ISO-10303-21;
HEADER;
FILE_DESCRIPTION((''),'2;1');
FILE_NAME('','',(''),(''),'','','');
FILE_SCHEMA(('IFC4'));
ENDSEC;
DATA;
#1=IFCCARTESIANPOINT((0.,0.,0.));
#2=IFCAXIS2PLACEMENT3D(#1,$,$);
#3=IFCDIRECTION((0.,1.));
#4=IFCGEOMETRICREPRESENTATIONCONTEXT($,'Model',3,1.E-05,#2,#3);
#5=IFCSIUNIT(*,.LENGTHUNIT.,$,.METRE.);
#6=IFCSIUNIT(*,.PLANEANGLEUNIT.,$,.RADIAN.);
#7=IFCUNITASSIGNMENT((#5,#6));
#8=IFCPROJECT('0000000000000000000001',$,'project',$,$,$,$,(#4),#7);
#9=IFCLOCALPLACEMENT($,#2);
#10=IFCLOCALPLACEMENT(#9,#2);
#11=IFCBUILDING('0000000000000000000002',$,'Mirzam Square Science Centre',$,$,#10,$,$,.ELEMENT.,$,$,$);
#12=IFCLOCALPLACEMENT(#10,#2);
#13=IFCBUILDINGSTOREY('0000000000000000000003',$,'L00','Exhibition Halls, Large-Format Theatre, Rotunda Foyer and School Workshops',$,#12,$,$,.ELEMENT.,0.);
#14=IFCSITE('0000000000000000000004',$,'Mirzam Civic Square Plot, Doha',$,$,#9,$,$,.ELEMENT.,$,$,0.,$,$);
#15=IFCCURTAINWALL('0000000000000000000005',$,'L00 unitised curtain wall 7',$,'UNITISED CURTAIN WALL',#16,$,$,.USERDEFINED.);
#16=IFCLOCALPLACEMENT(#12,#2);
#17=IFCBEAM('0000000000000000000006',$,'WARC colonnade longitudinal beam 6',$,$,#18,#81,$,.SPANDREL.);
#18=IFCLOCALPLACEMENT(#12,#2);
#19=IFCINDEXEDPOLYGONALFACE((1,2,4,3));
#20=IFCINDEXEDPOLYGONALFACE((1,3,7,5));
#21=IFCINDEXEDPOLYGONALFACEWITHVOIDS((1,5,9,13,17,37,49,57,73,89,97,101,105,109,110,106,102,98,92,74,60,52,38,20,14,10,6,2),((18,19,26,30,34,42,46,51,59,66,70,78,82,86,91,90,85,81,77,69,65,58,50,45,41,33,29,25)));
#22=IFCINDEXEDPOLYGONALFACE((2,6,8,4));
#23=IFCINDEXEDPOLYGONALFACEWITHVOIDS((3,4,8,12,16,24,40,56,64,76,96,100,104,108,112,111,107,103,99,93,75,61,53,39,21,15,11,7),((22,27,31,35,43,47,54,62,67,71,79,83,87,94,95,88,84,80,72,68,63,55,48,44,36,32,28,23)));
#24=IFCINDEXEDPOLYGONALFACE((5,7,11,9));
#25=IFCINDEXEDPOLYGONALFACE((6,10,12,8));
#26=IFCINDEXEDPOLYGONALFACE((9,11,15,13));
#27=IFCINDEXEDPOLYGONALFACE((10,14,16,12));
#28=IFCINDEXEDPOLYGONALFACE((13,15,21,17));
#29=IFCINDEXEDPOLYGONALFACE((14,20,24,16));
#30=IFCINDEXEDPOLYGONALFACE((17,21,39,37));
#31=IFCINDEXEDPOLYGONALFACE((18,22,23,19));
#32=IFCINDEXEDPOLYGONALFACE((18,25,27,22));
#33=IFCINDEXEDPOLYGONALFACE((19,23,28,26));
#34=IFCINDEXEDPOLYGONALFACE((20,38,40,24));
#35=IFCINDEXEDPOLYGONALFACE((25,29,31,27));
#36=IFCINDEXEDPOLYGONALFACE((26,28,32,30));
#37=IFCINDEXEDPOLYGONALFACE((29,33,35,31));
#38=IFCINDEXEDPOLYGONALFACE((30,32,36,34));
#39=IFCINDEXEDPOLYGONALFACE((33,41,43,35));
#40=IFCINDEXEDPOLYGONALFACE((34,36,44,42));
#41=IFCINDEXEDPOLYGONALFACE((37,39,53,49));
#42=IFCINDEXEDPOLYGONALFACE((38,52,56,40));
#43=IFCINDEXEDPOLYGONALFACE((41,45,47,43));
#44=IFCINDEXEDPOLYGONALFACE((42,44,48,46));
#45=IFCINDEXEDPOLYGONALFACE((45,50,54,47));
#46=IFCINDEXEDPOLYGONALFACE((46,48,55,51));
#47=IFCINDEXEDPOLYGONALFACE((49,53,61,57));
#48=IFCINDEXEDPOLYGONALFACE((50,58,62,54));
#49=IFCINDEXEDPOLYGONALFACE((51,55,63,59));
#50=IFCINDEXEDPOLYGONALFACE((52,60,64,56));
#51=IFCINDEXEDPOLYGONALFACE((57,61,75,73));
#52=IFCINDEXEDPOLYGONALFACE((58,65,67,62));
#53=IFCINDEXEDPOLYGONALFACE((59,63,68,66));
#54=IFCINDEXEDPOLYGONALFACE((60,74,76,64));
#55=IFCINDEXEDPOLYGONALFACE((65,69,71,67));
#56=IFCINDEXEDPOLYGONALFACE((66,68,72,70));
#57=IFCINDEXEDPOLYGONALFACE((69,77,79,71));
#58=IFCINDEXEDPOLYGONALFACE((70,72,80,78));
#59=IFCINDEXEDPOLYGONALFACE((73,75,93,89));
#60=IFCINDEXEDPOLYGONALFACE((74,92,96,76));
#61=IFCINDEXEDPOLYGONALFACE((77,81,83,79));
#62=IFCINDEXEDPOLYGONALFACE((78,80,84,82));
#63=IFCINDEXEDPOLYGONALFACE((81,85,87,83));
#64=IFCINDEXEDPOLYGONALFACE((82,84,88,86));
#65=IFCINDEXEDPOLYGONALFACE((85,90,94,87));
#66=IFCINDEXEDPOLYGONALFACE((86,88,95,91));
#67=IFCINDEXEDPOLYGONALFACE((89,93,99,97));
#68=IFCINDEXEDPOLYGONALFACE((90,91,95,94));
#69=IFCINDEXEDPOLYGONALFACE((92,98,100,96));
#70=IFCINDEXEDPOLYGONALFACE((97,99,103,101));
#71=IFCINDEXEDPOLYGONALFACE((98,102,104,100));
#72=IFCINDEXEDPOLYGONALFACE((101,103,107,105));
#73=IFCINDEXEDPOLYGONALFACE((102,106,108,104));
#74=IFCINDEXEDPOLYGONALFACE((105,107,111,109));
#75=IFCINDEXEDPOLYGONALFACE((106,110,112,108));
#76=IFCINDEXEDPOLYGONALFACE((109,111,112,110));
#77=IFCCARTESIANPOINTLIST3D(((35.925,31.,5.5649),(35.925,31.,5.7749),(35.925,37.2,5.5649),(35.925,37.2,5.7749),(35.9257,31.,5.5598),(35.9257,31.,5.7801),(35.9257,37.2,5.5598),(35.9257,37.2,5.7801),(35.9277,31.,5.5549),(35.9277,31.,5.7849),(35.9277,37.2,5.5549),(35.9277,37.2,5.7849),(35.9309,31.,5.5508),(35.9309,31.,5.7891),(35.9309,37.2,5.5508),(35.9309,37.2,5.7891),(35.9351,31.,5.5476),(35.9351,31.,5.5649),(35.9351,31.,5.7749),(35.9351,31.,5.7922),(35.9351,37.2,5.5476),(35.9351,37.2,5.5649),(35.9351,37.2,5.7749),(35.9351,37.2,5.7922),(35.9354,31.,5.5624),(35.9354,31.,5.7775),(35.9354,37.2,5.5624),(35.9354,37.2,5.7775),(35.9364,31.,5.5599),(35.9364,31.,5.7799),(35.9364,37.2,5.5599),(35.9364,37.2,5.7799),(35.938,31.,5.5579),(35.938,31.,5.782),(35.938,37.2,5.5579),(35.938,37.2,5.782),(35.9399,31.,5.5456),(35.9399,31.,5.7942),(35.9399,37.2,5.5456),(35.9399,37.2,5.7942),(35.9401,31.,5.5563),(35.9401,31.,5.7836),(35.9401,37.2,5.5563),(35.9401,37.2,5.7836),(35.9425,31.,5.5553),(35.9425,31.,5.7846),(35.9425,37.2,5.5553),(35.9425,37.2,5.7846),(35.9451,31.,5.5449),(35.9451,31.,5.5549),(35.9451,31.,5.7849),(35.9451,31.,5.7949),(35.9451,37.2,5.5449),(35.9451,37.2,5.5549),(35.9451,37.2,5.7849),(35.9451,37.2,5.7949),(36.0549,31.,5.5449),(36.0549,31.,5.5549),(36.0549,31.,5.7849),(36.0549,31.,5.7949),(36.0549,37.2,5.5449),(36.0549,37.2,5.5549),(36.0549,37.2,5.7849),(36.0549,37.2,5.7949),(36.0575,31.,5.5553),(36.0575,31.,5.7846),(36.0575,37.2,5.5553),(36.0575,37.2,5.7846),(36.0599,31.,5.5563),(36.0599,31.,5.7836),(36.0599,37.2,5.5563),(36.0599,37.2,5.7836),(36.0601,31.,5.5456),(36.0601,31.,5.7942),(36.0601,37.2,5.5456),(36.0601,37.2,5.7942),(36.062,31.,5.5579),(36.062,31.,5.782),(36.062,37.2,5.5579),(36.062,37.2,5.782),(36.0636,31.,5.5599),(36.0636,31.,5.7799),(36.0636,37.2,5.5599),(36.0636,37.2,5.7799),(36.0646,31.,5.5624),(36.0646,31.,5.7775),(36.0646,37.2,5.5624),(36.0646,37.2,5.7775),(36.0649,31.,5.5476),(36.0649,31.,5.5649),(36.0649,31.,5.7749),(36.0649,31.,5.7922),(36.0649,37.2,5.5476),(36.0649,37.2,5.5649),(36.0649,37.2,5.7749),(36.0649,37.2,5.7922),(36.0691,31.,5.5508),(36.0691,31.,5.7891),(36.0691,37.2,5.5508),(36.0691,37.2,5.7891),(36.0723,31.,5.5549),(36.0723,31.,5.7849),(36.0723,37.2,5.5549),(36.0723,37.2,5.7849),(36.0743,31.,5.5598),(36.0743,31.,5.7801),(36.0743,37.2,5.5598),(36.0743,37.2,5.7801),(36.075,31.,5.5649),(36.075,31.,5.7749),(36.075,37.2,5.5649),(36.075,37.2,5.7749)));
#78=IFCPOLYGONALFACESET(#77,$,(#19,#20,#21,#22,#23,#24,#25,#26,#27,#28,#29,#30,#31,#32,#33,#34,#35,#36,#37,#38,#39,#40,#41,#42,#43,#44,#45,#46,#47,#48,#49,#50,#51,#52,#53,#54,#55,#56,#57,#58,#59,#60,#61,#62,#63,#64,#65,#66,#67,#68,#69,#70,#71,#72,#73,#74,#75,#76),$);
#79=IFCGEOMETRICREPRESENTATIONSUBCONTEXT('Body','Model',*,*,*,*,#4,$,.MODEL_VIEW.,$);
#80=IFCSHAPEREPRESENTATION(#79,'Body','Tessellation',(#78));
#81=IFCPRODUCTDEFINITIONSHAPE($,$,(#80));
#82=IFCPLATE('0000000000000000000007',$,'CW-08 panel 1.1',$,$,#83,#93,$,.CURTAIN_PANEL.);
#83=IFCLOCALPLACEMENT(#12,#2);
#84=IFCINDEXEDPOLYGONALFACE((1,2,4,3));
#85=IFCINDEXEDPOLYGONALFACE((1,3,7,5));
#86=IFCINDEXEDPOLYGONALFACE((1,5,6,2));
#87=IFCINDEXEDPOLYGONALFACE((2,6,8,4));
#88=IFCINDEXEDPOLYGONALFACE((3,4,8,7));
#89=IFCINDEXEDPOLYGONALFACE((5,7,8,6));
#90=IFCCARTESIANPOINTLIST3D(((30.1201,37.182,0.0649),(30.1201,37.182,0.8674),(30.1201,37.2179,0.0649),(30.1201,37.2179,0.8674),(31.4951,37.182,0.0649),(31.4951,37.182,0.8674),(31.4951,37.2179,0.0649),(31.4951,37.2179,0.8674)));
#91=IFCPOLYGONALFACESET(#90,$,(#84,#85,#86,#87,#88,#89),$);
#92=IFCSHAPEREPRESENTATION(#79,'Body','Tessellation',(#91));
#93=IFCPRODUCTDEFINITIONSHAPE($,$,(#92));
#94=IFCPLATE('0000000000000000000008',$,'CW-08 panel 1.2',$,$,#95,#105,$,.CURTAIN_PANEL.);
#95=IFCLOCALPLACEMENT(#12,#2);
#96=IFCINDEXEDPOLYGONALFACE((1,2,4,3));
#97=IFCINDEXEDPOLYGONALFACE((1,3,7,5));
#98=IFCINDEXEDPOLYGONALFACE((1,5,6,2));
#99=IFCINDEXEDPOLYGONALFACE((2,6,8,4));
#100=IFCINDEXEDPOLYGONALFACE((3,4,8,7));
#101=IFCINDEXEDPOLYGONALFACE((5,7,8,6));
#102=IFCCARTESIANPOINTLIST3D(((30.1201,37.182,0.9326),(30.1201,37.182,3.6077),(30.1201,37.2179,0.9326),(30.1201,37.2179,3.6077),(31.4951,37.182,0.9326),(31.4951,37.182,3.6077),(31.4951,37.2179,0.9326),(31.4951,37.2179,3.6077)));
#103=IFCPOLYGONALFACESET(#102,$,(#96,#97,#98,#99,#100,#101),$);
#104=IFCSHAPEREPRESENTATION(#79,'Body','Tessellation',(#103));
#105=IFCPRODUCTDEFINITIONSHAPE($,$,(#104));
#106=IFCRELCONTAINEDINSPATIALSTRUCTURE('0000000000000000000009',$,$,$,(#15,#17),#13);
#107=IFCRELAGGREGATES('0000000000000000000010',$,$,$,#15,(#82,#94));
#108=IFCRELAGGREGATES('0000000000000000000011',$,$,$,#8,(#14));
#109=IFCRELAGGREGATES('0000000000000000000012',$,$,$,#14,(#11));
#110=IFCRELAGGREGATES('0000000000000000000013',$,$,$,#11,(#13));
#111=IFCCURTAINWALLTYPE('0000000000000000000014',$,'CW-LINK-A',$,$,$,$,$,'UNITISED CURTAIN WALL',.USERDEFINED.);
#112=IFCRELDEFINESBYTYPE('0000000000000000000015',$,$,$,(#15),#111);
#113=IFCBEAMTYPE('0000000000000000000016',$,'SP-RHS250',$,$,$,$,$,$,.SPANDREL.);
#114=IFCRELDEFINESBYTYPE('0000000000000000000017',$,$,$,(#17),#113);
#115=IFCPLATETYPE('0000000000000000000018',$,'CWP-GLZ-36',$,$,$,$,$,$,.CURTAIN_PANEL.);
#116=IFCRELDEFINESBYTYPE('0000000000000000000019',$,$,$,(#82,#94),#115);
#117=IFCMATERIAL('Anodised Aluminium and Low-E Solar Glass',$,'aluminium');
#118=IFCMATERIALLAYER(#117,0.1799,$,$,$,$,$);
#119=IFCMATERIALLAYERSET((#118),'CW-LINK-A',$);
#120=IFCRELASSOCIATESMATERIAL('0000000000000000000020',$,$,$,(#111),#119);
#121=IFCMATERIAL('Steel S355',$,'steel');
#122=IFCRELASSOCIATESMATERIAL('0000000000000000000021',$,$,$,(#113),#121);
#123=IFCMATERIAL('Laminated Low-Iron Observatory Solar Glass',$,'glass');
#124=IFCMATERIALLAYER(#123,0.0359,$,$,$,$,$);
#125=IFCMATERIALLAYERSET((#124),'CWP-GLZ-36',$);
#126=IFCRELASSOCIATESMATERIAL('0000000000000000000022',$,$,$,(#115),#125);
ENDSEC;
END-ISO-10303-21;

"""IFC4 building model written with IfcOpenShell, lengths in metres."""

from ifc_helpers import new_model, si_unit, direction, frame, origin, origin_2d, place, context, subcontext, project, spatial, rectangle, hollow_rectangle, extrude, material, layer, layer_set, material_profile, profile_set, type_object, element, aggregate, save


model = new_model("IFC4")

# Units and contexts
model_context = context("Model", 3, precision=1e-05, world=origin(), true_north=direction((0.0, 1.0)))
body_context = subcontext(model_context, "Body", "Model", "MODEL_VIEW")
ifc_project = project(units=[si_unit("LENGTHUNIT", "METRE"), si_unit("PLANEANGLEUNIT", "RADIAN")], contexts=[model_context])

# Site, building, storey
site_placement = place(None, origin())
site = spatial("IfcSite", under=ifc_project, at=site_placement, Name="Mirzam Civic Square Plot, Doha", CompositionType="ELEMENT", RefElevation=0.0)
building_placement = place(site_placement, origin())
building = spatial("IfcBuilding", under=site, at=building_placement, Name="Mirzam Square Science Centre", CompositionType="ELEMENT")
storey_placement = place(building_placement, origin())
storey = spatial("IfcBuildingStorey", under=building, at=storey_placement, Name="L00", Description="Exhibition Halls, Large-Format Theatre, Rotunda Foyer and School Workshops", CompositionType="ELEMENT", Elevation=0.0)

# Shared definitions
ifc_material_1 = material(Name="Steel S355", Category="steel")

# Curtain wall
ifc_material_2 = material(Name="Anodised Aluminium and Low-E Solar Glass", Category="aluminium")
ifc_layer_1 = layer(ifc_material_2, 0.1799)
ifc_layer_set_1 = layer_set([ifc_layer_1], Name="CW-LINK-A")
curtain_wall_type = type_object("IfcCurtainWallType", Name="CW-LINK-A", ElementType="UNITISED CURTAIN WALL", PredefinedType="USERDEFINED", material=ifc_layer_set_1)
curtain_wall_placement = place(storey_placement, origin())
curtain_wall = element("IfcCurtainWall", 1, at=curtain_wall_placement, inside=storey, type_object=curtain_wall_type, Name="L00 unitised curtain wall 7", ObjectType="UNITISED CURTAIN WALL", PredefinedType="USERDEFINED")

# Beam
ifc_material_profile_1 = material_profile(ifc_material_1, hollow_rectangle(XDim=0.1499, YDim=0.25, WallThickness=0.01, InnerFilletRadius=0.01, OuterFilletRadius=0.02, at=origin_2d()), Name="250x150x10.0RHS")
ifc_profile_set_1 = profile_set([ifc_material_profile_1], Name="Steel S355")
beam_type = type_object("IfcBeamType", Name="SP-RHS250", PredefinedType="SPANDREL", material=ifc_profile_set_1)
for number, where, z_axis, x_axis, name in (
    (2, (36.0, 31.0, 5.6699), (0.0, 1.0, 0.0), (-1.0, 0.0, 0.0), "WARC colonnade longitudinal beam 6"),
):
    element("IfcBeam", number, at=place(storey_placement, frame(where, z_axis=z_axis, x_axis=x_axis)), inside=storey, type_object=beam_type, Name=name, PredefinedType="SPANDREL", context=body_context, shape_type="SweptSolid", body=[
        extrude(hollow_rectangle(XDim=0.1499, YDim=0.25, WallThickness=0.01, InnerFilletRadius=0.01, OuterFilletRadius=0.02, at=origin_2d()), origin(), (0.0, 0.0, 1.0), 6.2),
    ])

# Plates
ifc_material_3 = material(Name="Laminated Low-Iron Observatory Solar Glass", Category="glass")
ifc_layer_2 = layer(ifc_material_3, 0.0359)
ifc_layer_set_2 = layer_set([ifc_layer_2], Name="CWP-GLZ-36")
plate_type = type_object("IfcPlateType", Name="CWP-GLZ-36", PredefinedType="CURTAIN_PANEL", material=ifc_layer_set_2)
plate_1_placement = place(storey_placement, frame((30.8076, 37.2, 0.0649), z_axis=(0.0, 0.0, 1.0), x_axis=(1.0, 0.0, 0.0)))
plate_1 = element("IfcPlate", 3, at=plate_1_placement, type_object=plate_type, Name="CW-08 panel 1.1", PredefinedType="CURTAIN_PANEL", context=body_context, shape_type="SweptSolid", body=[
    extrude(rectangle(XDim=1.375, YDim=0.0359, at=origin_2d()), origin(), (0.0, 0.0, 1.0), 0.8025),
])
plate_2_placement = place(storey_placement, frame((30.8076, 37.2, 0.9326), z_axis=(0.0, 0.0, 1.0), x_axis=(1.0, 0.0, 0.0)))
plate_2 = element("IfcPlate", 4, at=plate_2_placement, type_object=plate_type, Name="CW-08 panel 1.2", PredefinedType="CURTAIN_PANEL", context=body_context, shape_type="SweptSolid", body=[
    extrude(rectangle(XDim=1.375, YDim=0.0359, at=origin_2d()), origin(), (0.0, 0.0, 1.0), 2.675),
])
aggregate(curtain_wall, [plate_1, plate_2])

save(model, "model.ifc")
